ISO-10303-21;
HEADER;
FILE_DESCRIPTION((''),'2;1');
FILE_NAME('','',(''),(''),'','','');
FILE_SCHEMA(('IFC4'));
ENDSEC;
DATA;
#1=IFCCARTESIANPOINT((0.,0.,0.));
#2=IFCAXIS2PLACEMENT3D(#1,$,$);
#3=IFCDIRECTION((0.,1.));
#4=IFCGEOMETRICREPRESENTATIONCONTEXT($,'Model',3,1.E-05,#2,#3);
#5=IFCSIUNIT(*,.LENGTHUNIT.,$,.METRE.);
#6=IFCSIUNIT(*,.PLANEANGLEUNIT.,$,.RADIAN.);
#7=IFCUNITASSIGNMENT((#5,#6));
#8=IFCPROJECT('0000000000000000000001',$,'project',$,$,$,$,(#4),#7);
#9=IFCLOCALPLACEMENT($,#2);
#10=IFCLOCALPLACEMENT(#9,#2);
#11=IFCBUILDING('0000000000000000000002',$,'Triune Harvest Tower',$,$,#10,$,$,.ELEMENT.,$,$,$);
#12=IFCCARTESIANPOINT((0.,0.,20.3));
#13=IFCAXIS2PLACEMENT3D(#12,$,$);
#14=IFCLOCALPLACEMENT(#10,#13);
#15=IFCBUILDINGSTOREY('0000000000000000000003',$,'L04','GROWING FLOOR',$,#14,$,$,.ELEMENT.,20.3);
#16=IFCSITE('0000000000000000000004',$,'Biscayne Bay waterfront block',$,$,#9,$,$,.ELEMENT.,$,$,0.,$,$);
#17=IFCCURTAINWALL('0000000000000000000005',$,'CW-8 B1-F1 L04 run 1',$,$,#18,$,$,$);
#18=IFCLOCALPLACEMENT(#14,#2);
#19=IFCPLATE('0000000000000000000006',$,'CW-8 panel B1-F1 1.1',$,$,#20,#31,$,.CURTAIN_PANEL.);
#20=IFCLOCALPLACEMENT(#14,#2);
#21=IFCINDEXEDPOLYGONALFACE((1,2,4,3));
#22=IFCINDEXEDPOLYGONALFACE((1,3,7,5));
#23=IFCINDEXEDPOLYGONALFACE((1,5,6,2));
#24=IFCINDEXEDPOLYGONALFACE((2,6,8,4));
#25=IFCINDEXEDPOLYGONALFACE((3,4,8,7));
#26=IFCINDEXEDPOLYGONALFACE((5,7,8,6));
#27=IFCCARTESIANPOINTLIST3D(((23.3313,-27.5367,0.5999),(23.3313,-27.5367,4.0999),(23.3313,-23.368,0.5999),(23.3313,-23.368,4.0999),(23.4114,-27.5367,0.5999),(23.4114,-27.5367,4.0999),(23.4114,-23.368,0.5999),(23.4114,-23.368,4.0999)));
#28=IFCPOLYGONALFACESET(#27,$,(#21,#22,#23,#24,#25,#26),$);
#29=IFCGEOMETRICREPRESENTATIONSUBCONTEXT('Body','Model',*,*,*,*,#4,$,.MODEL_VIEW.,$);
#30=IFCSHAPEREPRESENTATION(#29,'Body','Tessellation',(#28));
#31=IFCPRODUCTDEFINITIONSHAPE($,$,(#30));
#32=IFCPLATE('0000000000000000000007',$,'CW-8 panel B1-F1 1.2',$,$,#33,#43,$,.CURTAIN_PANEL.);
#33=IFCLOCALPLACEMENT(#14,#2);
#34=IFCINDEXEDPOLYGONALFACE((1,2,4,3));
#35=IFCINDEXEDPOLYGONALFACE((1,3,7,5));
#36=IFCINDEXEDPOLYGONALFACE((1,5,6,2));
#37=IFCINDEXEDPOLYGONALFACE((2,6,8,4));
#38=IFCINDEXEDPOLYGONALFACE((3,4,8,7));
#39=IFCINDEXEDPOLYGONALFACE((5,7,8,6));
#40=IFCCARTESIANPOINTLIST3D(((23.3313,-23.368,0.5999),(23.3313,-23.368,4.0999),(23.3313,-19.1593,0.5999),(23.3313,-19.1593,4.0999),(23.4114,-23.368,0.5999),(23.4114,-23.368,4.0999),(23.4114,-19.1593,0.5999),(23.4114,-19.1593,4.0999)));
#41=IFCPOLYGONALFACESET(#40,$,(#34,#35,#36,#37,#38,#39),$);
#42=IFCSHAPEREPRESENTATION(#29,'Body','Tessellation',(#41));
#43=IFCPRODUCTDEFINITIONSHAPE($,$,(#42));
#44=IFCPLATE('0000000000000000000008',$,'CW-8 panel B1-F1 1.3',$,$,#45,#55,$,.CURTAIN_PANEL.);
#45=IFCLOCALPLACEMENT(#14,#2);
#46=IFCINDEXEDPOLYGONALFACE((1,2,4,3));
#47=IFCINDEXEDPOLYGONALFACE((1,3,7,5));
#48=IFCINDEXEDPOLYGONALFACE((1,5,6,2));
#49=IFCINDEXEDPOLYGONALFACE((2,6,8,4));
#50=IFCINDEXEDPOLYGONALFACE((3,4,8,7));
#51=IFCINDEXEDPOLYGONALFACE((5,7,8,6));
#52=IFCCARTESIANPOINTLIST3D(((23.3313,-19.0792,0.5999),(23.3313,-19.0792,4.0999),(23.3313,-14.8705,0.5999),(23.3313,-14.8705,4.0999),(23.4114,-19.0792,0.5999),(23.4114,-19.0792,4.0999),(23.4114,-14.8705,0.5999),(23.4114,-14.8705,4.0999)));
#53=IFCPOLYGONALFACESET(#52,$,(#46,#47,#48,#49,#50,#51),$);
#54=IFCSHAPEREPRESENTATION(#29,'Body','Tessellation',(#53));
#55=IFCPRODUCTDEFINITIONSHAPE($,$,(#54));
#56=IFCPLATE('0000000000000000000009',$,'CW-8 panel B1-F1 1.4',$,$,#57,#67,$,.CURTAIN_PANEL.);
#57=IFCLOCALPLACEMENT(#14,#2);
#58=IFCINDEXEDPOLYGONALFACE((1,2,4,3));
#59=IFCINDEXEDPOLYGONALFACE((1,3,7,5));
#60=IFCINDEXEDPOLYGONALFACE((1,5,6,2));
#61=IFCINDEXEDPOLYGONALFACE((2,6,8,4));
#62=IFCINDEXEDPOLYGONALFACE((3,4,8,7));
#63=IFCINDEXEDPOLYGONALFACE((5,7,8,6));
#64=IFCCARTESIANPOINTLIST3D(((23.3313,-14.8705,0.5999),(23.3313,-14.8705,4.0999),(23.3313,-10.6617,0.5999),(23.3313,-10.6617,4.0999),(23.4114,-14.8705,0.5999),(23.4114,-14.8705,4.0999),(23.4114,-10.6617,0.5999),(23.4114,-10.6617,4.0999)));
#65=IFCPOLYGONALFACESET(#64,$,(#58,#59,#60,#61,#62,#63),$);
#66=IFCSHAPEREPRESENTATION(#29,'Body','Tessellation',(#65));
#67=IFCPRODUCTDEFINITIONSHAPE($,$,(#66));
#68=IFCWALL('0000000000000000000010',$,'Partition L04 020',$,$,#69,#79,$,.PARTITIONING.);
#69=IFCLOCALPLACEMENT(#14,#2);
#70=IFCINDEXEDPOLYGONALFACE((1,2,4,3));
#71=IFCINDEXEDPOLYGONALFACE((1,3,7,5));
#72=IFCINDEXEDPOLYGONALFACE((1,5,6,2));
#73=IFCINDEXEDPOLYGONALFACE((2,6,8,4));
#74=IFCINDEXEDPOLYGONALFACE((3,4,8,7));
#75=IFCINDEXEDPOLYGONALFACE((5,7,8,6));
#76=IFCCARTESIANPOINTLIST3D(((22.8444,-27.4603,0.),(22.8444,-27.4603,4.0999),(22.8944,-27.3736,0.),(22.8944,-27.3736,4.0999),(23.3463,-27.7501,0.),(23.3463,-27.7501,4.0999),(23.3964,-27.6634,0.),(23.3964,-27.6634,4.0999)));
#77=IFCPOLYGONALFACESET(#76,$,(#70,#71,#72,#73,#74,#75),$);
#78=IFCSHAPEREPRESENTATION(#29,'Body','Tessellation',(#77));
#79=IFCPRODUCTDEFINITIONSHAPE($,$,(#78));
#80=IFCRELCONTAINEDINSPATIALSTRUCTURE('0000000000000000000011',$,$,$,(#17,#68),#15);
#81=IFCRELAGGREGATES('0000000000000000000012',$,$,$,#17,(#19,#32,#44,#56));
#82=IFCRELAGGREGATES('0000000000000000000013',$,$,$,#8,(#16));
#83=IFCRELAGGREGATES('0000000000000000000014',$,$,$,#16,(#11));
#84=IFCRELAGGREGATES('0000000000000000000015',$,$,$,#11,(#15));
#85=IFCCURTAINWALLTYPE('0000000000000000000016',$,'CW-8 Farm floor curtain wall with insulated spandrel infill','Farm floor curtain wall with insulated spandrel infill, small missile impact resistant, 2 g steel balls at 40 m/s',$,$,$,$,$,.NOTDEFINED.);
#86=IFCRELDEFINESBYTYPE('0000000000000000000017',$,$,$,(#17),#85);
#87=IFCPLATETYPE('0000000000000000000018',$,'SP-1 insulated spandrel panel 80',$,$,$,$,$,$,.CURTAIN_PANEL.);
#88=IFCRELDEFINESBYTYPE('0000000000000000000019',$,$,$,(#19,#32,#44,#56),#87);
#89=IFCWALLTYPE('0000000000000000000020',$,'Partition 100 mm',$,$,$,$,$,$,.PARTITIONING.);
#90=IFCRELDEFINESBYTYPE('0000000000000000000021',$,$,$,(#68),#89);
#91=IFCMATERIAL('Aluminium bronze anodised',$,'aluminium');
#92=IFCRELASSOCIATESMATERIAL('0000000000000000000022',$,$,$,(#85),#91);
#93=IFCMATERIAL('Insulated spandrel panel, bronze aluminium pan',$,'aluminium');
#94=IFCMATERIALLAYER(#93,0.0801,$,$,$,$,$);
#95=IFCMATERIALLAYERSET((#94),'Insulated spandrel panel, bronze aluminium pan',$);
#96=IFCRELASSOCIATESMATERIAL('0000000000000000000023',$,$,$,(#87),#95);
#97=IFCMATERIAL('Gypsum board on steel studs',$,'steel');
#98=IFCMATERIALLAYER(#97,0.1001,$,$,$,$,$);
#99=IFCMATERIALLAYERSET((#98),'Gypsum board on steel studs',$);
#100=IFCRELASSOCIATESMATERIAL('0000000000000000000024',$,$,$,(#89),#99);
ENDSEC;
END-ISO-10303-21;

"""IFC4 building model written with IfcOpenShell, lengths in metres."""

from ifc_helpers import new_model, si_unit, direction, frame, frame_2d, origin, origin_2d, place, context, subcontext, project, spatial, rectangle, extrude, source, transform, mapped, material, layer, layer_set, type_object, element, aggregate, save


model = new_model("IFC4")

# Units and contexts
model_context = context("Model", 3, precision=1e-05, world=origin(), true_north=direction((0.0, 1.0)))
body_context = subcontext(model_context, "Body", "Model", "MODEL_VIEW")
ifc_project = project(units=[si_unit("LENGTHUNIT", "METRE"), si_unit("PLANEANGLEUNIT", "RADIAN")], contexts=[model_context])

# Site, building, storey
site_placement = place(None, origin())
site = spatial("IfcSite", under=ifc_project, at=site_placement, Name="Biscayne Bay waterfront block", CompositionType="ELEMENT", RefElevation=0.0)
building_placement = place(site_placement, origin())
building = spatial("IfcBuilding", under=site, at=building_placement, Name="Triune Harvest Tower", CompositionType="ELEMENT")
storey_placement = place(building_placement, frame((0.0, 0.0, 20.3)))
storey = spatial("IfcBuildingStorey", under=building, at=storey_placement, Name="L04", Description="GROWING FLOOR", CompositionType="ELEMENT", Elevation=20.3)

# Curtain wall
ifc_material_1 = material(Name="Aluminium bronze anodised", Category="aluminium")
curtain_wall_type_1 = type_object("IfcCurtainWallType", Name="CW-8 Farm floor curtain wall with insulated spandrel infill", Description="Farm floor curtain wall with insulated spandrel infill, small missile impact resistant, 2 g steel balls at 40 m/s", PredefinedType="NOTDEFINED", material=ifc_material_1)
curtain_wall_1_placement = place(storey_placement, origin())
curtain_wall_1 = element("IfcCurtainWall", 1, at=curtain_wall_1_placement, inside=storey, type_object=curtain_wall_type_1, Name="CW-8 B1-F1 L04 run 1")

# Plates
ifc_material_2 = material(Name="Insulated spandrel panel, bronze aluminium pan", Category="aluminium")
ifc_layer_1 = layer(ifc_material_2, 0.0801)
ifc_layer_set_1 = layer_set([ifc_layer_1], Name="Insulated spandrel panel, bronze aluminium pan")
plate_type_1 = type_object("IfcPlateType", Name="SP-1 insulated spandrel panel 80", PredefinedType="CURTAIN_PANEL", material=ifc_layer_set_1)
shared_shape_1 = source(origin(), body_context, "Body", "SweptSolid", [
    extrude(rectangle(XDim=4.1687, YDim=0.0801, at=origin_2d()), origin(), (0.0, 0.0, 1.0), 3.5),
])
plate_1_placement = place(storey_placement, frame((23.3713, -25.4524, 0.5999), z_axis=(0.0, 0.0, 1.0), x_axis=(0.0, 1.0, 0.0)))
plate_1 = element("IfcPlate", 2, at=plate_1_placement, type_object=plate_type_1, Name="CW-8 panel B1-F1 1.1", PredefinedType="CURTAIN_PANEL", context=body_context, shape_type="MappedRepresentation", body=[
    mapped(shared_shape_1, transform((0.0, 0.0, 0.0), scale=1.0)),
])
shared_shape_2 = source(origin(), body_context, "Body", "SweptSolid", [
    extrude(rectangle(XDim=4.2087, YDim=0.0801, at=origin_2d()), origin(), (0.0, 0.0, 1.0), 3.5),
])
plate_2_placement = place(storey_placement, frame((23.3713, -21.2637, 0.5999), z_axis=(0.0, 0.0, 1.0), x_axis=(0.0, 1.0, 0.0)))
plate_2 = element("IfcPlate", 3, at=plate_2_placement, type_object=plate_type_1, Name="CW-8 panel B1-F1 1.2", PredefinedType="CURTAIN_PANEL", context=body_context, shape_type="MappedRepresentation", body=[
    mapped(shared_shape_2, transform((0.0, 0.0, 0.0), scale=1.0)),
])
plate_3_placement = place(storey_placement, frame((23.3713, -16.9749, 0.5999), z_axis=(0.0, 0.0, 1.0), x_axis=(0.0, 1.0, 0.0)))
plate_3 = element("IfcPlate", 4, at=plate_3_placement, type_object=plate_type_1, Name="CW-8 panel B1-F1 1.3", PredefinedType="CURTAIN_PANEL", context=body_context, shape_type="MappedRepresentation", body=[
    mapped(shared_shape_2, transform((0.0, 0.0, 0.0), scale=1.0)),
])
plate_4_placement = place(storey_placement, frame((23.3713, -12.7661, 0.5999), z_axis=(0.0, 0.0, 1.0), x_axis=(0.0, 1.0, 0.0)))
plate_4 = element("IfcPlate", 5, at=plate_4_placement, type_object=plate_type_1, Name="CW-8 panel B1-F1 1.4", PredefinedType="CURTAIN_PANEL", context=body_context, shape_type="MappedRepresentation", body=[
    mapped(shared_shape_2, transform((0.0, 0.0, 0.0), scale=1.0)),
])
aggregate(curtain_wall_1, [plate_1, plate_2, plate_3, plate_4])

# Wall
ifc_material_3 = material(Name="Gypsum board on steel studs", Category="steel")
ifc_layer_2 = layer(ifc_material_3, 0.1001)
ifc_layer_set_2 = layer_set([ifc_layer_2], Name="Gypsum board on steel studs")
wall_type = type_object("IfcWallType", Name="Partition 100 mm", PredefinedType="PARTITIONING", material=ifc_layer_set_2)
shared_shape_3 = source(origin(), body_context, "Body", "SweptSolid", [
    extrude(rectangle(XDim=0.5796, YDim=0.1001, at=frame_2d((0.2898, 0.0))), origin(), (0.0, 0.0, 1.0), 4.0999),
])
wall_placement = place(storey_placement, frame((22.8694, -27.417, 0.0), z_axis=(0.0, 0.0, 1.0), x_axis=(0.866031, -0.49999, 0.0)))
element("IfcWall", 6, at=wall_placement, inside=storey, type_object=wall_type, Name="Partition L04 020", PredefinedType="PARTITIONING", context=body_context, shape_type="MappedRepresentation", body=[
    mapped(shared_shape_3, transform((0.0, 0.0, 0.0), scale=1.0)),
])

save(model, "model.ifc")
